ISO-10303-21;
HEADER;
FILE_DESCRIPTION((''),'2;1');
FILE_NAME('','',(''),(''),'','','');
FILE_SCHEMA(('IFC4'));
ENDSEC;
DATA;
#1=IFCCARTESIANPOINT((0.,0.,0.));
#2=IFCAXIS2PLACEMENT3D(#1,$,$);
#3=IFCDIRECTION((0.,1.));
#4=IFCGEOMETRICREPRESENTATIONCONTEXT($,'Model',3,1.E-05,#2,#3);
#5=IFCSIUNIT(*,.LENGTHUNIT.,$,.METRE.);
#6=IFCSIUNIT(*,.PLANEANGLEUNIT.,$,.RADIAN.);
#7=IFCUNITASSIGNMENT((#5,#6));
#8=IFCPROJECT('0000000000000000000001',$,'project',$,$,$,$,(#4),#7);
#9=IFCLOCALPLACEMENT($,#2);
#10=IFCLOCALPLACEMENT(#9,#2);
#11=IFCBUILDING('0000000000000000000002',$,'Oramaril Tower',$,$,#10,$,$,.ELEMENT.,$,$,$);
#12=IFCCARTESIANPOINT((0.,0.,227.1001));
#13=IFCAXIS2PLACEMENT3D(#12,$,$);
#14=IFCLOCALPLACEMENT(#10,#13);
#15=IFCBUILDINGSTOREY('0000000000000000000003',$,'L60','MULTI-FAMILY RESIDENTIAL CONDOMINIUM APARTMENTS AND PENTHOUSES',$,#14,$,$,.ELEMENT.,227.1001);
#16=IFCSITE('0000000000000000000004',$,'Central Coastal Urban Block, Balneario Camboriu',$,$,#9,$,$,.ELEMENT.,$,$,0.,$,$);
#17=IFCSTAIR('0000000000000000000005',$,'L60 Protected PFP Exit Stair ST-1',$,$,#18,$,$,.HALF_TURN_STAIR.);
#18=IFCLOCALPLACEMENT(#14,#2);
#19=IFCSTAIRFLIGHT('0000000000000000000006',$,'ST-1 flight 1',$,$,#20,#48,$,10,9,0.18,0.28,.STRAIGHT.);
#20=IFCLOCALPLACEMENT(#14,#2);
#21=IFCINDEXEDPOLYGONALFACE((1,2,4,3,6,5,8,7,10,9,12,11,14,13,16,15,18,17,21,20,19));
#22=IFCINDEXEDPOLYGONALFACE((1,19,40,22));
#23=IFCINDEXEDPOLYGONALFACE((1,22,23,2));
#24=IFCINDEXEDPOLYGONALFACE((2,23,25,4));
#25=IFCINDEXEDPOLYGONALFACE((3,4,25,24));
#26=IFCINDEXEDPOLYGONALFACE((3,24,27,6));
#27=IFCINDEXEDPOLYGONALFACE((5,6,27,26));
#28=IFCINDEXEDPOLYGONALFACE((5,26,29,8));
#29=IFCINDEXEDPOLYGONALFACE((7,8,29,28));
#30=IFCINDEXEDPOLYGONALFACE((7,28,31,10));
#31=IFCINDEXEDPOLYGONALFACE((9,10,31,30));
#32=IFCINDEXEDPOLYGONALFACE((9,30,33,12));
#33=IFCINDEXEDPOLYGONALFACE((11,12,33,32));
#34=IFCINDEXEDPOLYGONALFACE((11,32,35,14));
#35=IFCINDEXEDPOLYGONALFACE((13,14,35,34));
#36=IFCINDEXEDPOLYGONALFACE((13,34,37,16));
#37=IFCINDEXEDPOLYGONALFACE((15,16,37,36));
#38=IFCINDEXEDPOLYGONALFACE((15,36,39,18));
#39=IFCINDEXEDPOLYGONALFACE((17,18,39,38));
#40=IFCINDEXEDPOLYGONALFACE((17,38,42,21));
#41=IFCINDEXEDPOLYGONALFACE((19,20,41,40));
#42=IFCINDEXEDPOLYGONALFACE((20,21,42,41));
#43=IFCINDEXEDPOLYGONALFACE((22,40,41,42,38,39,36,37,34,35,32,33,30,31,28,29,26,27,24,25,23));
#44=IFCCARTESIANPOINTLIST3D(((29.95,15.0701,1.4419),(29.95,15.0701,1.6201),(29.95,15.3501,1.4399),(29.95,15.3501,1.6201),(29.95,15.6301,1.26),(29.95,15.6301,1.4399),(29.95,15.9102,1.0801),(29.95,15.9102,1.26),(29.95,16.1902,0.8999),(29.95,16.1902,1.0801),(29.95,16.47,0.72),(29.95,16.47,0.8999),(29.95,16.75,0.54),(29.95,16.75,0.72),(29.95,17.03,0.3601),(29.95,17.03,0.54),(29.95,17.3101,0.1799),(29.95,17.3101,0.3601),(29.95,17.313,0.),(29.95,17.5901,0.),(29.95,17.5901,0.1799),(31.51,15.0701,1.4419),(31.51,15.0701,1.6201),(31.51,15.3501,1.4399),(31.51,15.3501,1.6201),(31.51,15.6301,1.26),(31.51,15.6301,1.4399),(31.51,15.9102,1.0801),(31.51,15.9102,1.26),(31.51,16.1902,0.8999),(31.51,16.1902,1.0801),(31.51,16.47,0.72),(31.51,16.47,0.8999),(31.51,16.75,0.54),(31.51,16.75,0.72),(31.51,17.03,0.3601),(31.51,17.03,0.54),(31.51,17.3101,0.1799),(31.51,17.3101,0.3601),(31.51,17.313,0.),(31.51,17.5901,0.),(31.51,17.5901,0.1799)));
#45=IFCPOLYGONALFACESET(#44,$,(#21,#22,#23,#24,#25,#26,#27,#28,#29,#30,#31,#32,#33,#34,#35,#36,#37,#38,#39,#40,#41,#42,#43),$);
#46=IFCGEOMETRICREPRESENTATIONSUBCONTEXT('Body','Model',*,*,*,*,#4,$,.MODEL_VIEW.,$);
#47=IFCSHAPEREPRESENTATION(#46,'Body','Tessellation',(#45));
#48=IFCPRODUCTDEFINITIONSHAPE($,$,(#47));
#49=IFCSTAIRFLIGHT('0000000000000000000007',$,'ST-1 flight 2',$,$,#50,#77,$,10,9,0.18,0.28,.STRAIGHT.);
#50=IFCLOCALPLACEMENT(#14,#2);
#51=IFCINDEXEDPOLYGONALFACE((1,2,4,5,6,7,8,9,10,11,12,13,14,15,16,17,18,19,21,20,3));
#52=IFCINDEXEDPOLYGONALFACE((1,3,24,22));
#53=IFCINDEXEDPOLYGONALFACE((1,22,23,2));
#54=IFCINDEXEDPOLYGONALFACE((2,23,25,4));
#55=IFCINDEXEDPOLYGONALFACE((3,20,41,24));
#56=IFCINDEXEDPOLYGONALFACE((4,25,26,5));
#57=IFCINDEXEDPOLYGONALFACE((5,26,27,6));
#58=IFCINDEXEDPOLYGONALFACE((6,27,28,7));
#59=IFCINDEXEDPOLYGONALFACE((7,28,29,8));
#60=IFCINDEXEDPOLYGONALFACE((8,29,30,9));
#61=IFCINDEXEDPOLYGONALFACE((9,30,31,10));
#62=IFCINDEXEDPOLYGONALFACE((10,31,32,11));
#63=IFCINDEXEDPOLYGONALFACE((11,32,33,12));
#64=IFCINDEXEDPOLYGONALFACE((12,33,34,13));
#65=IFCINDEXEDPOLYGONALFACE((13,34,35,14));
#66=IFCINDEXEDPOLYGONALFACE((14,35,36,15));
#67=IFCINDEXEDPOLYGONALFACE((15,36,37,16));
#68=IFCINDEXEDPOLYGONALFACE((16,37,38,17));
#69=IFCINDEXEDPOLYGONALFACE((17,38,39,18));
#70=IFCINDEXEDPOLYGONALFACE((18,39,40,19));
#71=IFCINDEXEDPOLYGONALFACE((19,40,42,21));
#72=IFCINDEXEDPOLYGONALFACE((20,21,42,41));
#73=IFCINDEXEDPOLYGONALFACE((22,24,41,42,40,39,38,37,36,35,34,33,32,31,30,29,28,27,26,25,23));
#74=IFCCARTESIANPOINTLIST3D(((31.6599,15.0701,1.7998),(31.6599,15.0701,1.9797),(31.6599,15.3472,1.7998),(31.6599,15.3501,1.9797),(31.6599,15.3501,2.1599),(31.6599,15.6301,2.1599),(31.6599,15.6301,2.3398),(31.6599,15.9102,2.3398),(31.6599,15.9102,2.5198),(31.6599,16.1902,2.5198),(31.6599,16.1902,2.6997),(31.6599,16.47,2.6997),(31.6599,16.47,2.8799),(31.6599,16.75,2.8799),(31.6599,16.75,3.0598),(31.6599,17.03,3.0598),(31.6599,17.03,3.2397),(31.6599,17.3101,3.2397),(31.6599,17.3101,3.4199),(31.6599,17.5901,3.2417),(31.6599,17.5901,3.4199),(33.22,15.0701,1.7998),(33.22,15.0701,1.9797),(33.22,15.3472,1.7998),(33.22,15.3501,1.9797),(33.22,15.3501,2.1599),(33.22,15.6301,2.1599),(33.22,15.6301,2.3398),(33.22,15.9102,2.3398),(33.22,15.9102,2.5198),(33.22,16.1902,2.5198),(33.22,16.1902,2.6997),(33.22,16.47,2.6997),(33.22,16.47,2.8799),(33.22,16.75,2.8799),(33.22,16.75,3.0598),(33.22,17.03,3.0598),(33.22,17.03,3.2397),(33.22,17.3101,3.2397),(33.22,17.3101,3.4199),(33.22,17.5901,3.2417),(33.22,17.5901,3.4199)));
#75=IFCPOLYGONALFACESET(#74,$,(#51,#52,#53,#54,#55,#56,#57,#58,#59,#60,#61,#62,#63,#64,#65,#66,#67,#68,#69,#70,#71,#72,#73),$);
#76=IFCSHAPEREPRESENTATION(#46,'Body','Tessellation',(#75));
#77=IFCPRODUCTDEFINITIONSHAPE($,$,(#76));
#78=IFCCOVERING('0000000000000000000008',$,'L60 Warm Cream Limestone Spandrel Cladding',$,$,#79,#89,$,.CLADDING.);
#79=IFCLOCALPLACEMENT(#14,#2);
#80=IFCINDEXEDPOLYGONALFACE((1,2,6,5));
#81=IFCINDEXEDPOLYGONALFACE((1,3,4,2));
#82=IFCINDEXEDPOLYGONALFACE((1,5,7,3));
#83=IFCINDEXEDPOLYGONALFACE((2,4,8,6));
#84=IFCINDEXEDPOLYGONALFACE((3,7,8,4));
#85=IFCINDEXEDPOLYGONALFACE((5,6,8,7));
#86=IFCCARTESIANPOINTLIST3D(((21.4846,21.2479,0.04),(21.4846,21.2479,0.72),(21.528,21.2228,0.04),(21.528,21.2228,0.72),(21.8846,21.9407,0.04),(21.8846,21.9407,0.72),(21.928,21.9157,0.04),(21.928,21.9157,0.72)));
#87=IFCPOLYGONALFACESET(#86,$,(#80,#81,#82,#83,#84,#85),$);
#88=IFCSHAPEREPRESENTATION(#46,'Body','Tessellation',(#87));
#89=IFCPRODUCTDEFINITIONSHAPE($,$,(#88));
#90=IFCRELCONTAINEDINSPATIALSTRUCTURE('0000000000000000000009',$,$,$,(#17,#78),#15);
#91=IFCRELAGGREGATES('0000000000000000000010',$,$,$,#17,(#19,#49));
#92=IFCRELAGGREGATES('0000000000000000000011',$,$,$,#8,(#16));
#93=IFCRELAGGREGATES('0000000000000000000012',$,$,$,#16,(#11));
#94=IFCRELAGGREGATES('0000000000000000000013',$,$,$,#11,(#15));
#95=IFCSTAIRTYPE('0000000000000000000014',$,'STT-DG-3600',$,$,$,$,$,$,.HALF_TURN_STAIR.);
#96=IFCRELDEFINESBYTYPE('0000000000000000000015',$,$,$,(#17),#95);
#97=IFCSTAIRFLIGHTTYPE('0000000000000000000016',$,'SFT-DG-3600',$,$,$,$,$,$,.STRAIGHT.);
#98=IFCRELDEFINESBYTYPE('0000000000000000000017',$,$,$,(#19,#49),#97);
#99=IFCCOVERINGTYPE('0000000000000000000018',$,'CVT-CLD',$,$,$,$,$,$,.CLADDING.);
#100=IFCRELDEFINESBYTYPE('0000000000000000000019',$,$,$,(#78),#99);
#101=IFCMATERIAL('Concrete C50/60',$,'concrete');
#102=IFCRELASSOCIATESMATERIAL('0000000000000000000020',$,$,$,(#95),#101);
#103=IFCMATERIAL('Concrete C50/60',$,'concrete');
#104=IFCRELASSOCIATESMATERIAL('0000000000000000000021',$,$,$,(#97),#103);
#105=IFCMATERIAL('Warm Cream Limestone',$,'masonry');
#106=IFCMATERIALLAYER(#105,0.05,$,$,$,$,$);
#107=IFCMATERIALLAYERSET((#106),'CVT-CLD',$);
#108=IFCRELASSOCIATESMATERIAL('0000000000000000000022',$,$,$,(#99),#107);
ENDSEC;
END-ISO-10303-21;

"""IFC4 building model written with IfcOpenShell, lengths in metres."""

from ifc_helpers import new_model, si_unit, direction, frame, origin, origin_2d, place, context, subcontext, project, spatial, polyline, rectangle, outline, extrude, material, layer, layer_set, type_object, element, aggregate, save


model = new_model("IFC4")

# Units and contexts
model_context = context("Model", 3, precision=1e-05, world=origin(), true_north=direction((0.0, 1.0)))
body_context = subcontext(model_context, "Body", "Model", "MODEL_VIEW")
ifc_project = project(units=[si_unit("LENGTHUNIT", "METRE"), si_unit("PLANEANGLEUNIT", "RADIAN")], contexts=[model_context])

# Site, building, storey
site_placement = place(None, origin())
site = spatial("IfcSite", under=ifc_project, at=site_placement, Name="Central Coastal Urban Block, Balneario Camboriu", CompositionType="ELEMENT", RefElevation=0.0)
building_placement = place(site_placement, origin())
building = spatial("IfcBuilding", under=site, at=building_placement, Name="Oramaril Tower", CompositionType="ELEMENT")
storey_placement = place(building_placement, frame((0.0, 0.0, 227.1001)))
storey = spatial("IfcBuildingStorey", under=building, at=storey_placement, Name="L60", Description="MULTI-FAMILY RESIDENTIAL CONDOMINIUM APARTMENTS AND PENTHOUSES", CompositionType="ELEMENT", Elevation=227.1001)

# Stair, stair flights
ifc_material_1 = material(Name="Concrete C50/60", Category="concrete")
stair_type = type_object("IfcStairType", Name="STT-DG-3600", PredefinedType="HALF_TURN_STAIR", material=ifc_material_1)
stair_placement = place(storey_placement, origin())
stair = element("IfcStair", 1, at=stair_placement, inside=storey, type_object=stair_type, Name="L60 Protected PFP Exit Stair ST-1", PredefinedType="HALF_TURN_STAIR")
ifc_material_2 = material(Name="Concrete C50/60", Category="concrete")
stair_flight_type = type_object("IfcStairFlightType", Name="SFT-DG-3600", PredefinedType="STRAIGHT", material=ifc_material_2)
stair_flight_1_placement = place(storey_placement, frame((30.73, 17.5901, 0.0), z_axis=(0.0, 0.0, 1.0), x_axis=(0.0, -1.0, 0.0)))
stair_flight_1 = element("IfcStairFlight", 2, at=stair_flight_1_placement, type_object=stair_flight_type, Name="ST-1 flight 1", NumberOfRisers=10, NumberOfTreads=9, PredefinedType="STRAIGHT", RiserHeight=0.18, TreadLength=0.28, context=body_context, shape_type="SweptSolid", body=[
    extrude(outline(polyline([(0.0, 0.0), (0.0, 0.1799), (0.28, 0.1799), (0.28, 0.3601), (0.5601, 0.3601), (0.5601, 0.54), (0.8401, 0.54), (0.8401, 0.72), (1.1201, 0.72), (1.1201, 0.8999), (1.3999, 0.8999), (1.3999, 1.0801), (1.6799, 1.0801), (1.6799, 1.26), (1.96, 1.26), (1.96, 1.4399), (2.24, 1.4399), (2.24, 1.6201), (2.52, 1.6201), (2.52, 1.8), (2.52, 1.4419), (0.2771, 0.0), (0.0, 0.0)])), frame((0.0, 0.78, 0.0), z_axis=(0.0, -1.0, 0.0), x_axis=(1.0, 0.0, 0.0)), (0.0, 0.0, 1.0), 1.5601),
])
stair_flight_2_placement = place(storey_placement, frame((32.4399, 15.0701, 1.7998), z_axis=(0.0, 0.0, 1.0), x_axis=(0.0, 1.0, 0.0)))
stair_flight_2 = element("IfcStairFlight", 3, at=stair_flight_2_placement, type_object=stair_flight_type, Name="ST-1 flight 2", NumberOfRisers=10, NumberOfTreads=9, PredefinedType="STRAIGHT", RiserHeight=0.18, TreadLength=0.28, context=body_context, shape_type="SweptSolid", body=[
    extrude(outline(polyline([(0.0, 0.0), (0.0, 0.1799), (0.28, 0.1799), (0.28, 0.3601), (0.5601, 0.3601), (0.5601, 0.54), (0.8401, 0.54), (0.8401, 0.72), (1.1201, 0.72), (1.1201, 0.8999), (1.3999, 0.8999), (1.3999, 1.0801), (1.6799, 1.0801), (1.6799, 1.26), (1.96, 1.26), (1.96, 1.4399), (2.24, 1.4399), (2.24, 1.6201), (2.52, 1.6201), (2.52, 1.8), (2.52, 1.4419), (0.2771, 0.0), (0.0, 0.0)])), frame((0.0, 0.78, 0.0), z_axis=(0.0, -1.0, 0.0), x_axis=(1.0, 0.0, 0.0)), (0.0, 0.0, 1.0), 1.5601),
])
aggregate(stair, [stair_flight_1, stair_flight_2])

# Covering
ifc_material_3 = material(Name="Warm Cream Limestone", Category="masonry")
ifc_layer_1 = layer(ifc_material_3, 0.05)
ifc_layer_set_1 = layer_set([ifc_layer_1], Name="CVT-CLD")
covering_type = type_object("IfcCoveringType", Name="CVT-CLD", PredefinedType="CLADDING", material=ifc_layer_set_1)
covering_placement = place(storey_placement, frame((21.7063, 21.5818, 0.04), z_axis=(0.0, 0.0, 1.0), x_axis=(-0.499998, -0.866026, 0.0)))
element("IfcCovering", 4, at=covering_placement, inside=storey, type_object=covering_type, Name="L60 Warm Cream Limestone Spandrel Cladding", PredefinedType="CLADDING", context=body_context, shape_type="SweptSolid", body=[
    extrude(rectangle(XDim=0.8, YDim=0.05, at=origin_2d()), origin(), (0.0, 0.0, 1.0), 0.6799),
])

save(model, "model.ifc")
